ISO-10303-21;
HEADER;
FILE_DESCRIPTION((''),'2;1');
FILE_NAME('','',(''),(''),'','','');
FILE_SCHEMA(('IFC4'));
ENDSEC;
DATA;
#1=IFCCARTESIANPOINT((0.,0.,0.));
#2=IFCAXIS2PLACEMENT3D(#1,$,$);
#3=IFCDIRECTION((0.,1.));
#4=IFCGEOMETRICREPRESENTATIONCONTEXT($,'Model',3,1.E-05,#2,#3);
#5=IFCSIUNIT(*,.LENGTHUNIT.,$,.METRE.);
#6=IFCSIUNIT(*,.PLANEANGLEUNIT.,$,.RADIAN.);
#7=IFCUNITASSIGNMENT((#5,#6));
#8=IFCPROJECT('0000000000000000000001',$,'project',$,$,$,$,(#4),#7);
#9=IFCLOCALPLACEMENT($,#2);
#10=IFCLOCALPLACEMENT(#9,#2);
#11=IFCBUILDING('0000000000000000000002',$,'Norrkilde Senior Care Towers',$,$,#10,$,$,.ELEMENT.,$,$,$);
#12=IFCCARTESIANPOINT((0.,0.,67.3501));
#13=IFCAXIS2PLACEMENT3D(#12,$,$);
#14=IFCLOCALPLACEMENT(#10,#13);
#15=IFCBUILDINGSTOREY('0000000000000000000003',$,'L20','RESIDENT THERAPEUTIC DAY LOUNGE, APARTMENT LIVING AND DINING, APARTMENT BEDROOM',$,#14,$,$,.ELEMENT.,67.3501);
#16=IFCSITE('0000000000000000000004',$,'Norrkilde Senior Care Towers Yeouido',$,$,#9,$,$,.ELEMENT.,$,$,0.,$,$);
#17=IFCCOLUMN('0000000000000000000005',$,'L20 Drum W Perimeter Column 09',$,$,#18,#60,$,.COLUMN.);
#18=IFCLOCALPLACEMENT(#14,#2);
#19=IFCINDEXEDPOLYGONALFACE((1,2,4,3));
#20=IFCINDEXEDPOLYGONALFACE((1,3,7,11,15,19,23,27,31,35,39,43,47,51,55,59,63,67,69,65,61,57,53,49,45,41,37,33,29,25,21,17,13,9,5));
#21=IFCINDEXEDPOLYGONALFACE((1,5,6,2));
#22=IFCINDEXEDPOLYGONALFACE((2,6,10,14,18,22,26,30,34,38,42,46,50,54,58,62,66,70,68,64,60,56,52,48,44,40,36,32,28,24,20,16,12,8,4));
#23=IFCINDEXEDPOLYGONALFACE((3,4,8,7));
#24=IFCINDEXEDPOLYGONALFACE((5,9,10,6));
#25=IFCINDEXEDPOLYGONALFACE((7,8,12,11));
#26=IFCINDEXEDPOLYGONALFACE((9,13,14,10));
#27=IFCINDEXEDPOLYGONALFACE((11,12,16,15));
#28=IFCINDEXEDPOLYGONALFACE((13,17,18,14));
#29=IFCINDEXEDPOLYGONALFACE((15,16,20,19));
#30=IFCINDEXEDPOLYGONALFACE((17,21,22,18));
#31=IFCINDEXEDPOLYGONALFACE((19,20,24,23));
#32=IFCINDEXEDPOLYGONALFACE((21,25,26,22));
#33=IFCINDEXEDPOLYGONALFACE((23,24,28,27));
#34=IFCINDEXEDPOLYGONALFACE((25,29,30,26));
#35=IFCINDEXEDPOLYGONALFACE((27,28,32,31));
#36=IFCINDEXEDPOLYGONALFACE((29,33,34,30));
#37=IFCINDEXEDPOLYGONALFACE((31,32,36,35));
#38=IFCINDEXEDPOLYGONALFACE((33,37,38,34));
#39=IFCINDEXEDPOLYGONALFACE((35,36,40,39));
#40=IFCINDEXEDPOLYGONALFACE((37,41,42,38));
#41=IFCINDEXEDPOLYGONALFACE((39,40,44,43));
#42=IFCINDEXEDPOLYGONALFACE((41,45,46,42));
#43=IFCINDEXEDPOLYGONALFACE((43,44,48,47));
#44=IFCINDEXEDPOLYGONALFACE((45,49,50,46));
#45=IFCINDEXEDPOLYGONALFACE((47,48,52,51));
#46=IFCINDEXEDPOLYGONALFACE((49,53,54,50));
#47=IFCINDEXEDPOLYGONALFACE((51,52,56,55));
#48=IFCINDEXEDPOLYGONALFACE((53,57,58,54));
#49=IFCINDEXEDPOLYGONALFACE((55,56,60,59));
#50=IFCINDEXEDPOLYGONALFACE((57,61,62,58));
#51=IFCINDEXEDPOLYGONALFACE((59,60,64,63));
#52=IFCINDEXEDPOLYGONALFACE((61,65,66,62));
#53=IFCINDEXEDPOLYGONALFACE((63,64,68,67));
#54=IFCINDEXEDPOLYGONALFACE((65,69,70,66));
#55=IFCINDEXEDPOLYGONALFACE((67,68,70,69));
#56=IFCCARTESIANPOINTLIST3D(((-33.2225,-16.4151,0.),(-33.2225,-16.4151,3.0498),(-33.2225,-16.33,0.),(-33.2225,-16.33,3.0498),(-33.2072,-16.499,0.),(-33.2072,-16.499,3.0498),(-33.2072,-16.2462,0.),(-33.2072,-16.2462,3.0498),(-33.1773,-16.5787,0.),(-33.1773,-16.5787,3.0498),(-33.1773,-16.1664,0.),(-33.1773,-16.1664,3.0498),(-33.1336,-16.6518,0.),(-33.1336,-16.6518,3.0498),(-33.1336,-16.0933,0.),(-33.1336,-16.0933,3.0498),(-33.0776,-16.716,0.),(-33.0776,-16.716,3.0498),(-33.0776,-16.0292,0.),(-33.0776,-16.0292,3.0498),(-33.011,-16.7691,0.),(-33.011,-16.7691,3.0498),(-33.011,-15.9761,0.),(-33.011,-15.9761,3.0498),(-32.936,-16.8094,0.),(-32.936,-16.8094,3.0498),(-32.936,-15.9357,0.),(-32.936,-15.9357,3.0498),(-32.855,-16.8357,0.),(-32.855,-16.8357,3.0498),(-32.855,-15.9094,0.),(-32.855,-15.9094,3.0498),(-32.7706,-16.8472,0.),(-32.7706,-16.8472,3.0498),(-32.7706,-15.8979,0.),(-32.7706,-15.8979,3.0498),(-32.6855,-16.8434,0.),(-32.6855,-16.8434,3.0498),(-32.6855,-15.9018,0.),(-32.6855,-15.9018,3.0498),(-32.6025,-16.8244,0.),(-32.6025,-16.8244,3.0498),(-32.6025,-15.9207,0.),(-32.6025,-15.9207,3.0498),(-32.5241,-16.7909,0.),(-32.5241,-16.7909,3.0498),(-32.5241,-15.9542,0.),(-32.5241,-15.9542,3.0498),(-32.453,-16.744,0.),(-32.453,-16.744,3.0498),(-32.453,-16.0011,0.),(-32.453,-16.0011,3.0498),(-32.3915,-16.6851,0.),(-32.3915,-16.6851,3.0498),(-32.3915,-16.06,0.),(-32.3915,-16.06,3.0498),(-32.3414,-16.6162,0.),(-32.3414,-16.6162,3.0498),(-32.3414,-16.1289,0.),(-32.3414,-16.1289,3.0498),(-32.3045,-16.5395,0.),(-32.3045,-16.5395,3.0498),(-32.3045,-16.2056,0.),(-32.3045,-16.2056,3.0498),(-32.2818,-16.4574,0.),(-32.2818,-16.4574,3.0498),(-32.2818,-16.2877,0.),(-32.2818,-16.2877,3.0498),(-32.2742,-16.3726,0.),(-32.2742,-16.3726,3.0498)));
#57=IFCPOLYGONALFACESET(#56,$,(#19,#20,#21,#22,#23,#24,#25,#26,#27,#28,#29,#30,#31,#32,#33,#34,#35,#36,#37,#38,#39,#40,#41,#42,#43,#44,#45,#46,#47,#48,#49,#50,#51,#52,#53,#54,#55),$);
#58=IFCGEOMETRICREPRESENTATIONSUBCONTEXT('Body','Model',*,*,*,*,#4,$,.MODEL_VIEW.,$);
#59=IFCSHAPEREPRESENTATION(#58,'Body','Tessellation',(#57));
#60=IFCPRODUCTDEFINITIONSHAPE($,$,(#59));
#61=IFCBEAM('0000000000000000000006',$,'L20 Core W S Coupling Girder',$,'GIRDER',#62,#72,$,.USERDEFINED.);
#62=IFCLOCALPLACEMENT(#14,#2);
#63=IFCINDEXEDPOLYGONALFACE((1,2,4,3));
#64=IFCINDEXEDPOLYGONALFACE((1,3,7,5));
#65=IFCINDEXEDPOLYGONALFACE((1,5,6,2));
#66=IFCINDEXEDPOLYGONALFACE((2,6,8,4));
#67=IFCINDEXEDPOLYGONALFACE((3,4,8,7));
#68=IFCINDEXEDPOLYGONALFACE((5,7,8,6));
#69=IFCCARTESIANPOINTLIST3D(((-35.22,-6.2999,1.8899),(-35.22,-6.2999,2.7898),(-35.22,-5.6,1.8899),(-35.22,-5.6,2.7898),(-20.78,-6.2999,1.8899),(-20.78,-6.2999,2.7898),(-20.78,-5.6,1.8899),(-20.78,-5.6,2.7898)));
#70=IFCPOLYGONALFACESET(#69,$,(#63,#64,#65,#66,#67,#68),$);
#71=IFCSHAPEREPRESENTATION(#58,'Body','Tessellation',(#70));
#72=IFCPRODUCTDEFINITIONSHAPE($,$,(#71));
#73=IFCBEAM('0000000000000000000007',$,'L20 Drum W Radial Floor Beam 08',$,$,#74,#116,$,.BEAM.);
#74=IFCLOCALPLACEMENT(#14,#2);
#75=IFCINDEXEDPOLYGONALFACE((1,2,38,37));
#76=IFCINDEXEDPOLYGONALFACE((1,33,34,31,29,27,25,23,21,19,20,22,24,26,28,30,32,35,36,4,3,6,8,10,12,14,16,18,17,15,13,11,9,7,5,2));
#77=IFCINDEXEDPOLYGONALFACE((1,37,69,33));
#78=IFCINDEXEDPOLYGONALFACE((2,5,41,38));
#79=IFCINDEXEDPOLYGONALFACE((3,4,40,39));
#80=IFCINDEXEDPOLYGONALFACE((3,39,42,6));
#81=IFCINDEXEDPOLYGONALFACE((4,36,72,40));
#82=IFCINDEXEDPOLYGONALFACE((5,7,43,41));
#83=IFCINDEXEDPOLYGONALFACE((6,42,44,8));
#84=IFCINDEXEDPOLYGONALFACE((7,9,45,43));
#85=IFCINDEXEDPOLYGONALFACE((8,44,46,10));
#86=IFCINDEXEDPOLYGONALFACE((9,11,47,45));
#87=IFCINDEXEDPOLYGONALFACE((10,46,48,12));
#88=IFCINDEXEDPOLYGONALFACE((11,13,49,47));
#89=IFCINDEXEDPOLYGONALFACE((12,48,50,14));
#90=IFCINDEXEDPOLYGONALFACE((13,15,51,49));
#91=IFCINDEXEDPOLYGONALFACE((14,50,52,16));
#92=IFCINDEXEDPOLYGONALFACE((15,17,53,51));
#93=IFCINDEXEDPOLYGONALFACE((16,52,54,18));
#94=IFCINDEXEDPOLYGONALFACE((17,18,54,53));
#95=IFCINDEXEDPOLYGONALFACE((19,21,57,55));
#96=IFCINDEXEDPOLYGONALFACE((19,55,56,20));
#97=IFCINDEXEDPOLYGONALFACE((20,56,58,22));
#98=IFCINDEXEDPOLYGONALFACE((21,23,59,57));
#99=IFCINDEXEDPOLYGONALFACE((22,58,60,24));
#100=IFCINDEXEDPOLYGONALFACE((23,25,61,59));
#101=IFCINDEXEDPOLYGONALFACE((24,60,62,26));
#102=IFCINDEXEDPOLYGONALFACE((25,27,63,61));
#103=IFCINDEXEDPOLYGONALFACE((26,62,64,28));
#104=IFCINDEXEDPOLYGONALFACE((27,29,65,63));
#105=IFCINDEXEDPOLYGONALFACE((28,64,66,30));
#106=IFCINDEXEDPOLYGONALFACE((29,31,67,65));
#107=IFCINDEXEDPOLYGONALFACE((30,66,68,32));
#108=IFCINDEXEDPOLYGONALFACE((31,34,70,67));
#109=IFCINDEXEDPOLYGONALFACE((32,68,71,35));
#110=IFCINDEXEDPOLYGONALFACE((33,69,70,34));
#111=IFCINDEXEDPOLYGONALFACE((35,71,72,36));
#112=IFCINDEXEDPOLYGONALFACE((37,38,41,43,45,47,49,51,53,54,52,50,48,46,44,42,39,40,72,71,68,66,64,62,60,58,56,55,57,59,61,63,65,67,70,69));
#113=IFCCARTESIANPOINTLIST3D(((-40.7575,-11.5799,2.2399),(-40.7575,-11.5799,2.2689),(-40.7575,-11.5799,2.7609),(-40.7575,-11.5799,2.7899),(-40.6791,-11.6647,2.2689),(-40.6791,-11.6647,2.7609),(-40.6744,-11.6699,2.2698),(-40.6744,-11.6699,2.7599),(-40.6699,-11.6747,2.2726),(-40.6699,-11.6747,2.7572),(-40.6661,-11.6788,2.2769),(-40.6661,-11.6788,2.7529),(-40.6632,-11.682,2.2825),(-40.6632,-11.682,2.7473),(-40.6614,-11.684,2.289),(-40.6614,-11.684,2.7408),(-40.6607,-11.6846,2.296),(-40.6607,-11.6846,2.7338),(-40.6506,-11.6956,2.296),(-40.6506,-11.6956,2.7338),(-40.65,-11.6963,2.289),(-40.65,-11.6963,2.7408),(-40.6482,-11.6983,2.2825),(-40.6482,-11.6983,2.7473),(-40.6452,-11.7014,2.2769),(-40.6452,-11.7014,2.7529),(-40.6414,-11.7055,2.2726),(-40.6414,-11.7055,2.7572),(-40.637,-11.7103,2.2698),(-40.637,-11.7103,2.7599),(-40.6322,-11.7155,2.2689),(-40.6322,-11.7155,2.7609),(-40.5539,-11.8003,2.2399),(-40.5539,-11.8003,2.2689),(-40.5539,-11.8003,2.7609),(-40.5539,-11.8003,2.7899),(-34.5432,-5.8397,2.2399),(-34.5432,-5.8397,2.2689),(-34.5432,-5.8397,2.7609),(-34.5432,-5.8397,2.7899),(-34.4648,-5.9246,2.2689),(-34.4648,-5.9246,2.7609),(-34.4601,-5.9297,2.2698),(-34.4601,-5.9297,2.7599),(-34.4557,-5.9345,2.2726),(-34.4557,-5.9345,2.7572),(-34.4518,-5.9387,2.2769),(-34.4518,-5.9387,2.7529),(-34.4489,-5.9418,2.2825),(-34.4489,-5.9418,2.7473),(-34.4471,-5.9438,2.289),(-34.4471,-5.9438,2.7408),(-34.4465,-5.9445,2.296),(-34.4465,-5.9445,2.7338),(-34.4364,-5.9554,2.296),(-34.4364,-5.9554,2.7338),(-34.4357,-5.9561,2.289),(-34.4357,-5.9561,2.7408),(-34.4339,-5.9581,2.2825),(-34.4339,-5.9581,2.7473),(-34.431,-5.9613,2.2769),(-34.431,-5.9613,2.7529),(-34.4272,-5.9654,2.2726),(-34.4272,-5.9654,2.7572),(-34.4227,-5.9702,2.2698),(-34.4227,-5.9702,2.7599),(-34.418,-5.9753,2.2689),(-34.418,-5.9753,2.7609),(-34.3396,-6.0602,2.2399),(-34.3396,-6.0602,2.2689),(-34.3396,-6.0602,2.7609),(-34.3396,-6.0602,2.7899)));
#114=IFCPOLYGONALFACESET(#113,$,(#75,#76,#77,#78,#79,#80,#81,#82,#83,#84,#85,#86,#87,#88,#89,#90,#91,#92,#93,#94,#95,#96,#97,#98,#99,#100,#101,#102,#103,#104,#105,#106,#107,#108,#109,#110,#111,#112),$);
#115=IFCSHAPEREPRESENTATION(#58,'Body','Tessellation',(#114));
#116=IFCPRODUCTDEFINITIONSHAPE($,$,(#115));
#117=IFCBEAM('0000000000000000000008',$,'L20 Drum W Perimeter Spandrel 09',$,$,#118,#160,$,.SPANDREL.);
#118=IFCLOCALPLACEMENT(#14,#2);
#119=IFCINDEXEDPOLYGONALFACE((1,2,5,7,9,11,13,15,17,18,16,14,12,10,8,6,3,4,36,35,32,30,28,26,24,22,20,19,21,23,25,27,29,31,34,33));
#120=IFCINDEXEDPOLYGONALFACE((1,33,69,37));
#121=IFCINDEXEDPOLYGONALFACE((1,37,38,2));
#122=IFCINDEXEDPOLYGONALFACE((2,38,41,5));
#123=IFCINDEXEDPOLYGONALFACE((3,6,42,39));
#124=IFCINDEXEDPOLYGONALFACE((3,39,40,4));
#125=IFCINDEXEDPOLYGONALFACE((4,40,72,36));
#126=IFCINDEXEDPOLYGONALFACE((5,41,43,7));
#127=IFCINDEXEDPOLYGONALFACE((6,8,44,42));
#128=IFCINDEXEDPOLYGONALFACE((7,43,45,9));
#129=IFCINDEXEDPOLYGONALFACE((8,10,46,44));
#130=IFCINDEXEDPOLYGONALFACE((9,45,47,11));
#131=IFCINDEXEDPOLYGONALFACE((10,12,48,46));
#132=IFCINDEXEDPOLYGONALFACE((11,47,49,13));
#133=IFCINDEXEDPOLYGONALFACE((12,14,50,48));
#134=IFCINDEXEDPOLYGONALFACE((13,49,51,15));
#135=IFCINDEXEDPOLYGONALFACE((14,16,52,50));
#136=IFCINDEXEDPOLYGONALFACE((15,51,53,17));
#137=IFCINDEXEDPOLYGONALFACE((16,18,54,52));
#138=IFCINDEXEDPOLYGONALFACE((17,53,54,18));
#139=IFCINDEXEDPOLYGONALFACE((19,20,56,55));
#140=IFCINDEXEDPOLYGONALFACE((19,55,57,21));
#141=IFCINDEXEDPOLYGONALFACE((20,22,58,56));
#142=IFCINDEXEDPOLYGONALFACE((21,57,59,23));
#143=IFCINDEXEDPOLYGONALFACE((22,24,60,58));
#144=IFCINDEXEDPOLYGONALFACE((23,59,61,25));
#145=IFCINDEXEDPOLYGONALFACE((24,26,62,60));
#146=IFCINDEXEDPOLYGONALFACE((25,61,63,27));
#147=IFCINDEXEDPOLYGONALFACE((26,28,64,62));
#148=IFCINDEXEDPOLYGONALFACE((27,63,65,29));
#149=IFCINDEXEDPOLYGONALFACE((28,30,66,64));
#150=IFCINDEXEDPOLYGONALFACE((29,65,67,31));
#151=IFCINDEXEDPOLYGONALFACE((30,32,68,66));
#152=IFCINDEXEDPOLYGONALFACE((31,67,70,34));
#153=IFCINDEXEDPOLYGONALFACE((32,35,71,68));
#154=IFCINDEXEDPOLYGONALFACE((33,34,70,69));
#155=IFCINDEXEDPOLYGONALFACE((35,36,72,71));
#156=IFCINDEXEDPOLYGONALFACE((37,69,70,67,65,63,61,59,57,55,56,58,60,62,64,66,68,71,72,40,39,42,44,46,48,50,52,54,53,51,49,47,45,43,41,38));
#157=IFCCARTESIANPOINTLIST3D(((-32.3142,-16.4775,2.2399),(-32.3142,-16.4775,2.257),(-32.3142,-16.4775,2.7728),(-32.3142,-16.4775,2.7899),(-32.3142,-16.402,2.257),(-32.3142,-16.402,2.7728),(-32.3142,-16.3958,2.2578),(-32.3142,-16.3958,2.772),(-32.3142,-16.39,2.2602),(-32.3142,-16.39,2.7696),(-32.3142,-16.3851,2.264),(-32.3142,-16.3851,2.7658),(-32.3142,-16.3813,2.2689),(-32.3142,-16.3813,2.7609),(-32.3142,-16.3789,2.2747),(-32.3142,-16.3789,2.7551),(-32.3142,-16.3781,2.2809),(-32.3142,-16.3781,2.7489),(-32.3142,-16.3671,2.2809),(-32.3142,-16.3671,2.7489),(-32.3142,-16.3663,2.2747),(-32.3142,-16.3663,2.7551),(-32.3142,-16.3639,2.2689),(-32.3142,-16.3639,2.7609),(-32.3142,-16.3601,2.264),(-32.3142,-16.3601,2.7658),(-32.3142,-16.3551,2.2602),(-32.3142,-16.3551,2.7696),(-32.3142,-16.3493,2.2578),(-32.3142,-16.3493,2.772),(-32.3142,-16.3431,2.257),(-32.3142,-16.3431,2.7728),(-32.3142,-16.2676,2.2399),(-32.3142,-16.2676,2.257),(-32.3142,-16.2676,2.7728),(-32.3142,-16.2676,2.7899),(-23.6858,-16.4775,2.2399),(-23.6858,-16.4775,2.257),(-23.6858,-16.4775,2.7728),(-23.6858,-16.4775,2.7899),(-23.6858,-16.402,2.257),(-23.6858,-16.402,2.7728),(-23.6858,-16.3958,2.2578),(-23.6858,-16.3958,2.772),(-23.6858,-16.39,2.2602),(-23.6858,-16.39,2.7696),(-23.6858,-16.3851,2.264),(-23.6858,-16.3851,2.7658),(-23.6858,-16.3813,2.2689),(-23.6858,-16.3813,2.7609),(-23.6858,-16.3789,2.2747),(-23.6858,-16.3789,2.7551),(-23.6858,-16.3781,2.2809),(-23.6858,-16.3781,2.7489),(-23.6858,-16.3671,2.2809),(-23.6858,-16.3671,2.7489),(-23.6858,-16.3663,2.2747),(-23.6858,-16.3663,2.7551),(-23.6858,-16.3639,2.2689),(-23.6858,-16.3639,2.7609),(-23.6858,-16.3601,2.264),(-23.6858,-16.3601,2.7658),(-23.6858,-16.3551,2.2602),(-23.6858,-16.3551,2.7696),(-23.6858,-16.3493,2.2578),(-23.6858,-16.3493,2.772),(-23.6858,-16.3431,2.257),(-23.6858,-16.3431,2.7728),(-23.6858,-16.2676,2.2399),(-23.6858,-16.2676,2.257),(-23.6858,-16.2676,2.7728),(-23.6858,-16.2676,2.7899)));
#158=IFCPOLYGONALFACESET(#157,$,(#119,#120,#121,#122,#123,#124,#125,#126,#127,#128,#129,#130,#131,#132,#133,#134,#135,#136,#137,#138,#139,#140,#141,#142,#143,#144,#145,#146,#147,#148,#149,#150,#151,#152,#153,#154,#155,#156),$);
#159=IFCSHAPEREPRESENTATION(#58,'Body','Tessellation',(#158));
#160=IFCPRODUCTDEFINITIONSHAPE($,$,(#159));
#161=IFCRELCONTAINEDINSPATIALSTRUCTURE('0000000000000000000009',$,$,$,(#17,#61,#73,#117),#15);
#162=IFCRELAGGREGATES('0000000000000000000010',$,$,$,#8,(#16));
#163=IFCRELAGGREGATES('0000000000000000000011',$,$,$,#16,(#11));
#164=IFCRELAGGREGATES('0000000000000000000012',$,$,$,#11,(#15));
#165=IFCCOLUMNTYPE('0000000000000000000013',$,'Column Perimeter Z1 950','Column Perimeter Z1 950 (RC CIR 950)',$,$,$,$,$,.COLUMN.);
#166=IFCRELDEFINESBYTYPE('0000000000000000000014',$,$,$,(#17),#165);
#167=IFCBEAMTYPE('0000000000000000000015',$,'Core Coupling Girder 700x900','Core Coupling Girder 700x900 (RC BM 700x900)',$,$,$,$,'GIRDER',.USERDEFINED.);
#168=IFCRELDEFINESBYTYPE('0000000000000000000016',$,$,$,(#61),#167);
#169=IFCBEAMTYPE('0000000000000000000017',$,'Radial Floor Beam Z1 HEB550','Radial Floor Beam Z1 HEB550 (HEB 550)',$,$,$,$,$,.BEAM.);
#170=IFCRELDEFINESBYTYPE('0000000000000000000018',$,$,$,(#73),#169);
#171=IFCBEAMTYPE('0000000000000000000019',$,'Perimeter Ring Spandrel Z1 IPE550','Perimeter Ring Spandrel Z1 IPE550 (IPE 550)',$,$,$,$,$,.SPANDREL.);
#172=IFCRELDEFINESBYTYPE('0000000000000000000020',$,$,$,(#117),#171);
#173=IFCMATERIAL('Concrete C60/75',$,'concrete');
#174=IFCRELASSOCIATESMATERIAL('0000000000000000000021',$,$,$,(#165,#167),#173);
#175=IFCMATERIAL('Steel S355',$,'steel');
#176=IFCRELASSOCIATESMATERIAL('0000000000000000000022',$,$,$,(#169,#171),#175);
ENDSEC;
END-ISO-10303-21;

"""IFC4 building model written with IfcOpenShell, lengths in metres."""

from ifc_helpers import new_model, si_unit, direction, frame, origin, origin_2d, place, context, subcontext, project, spatial, rectangle, circle, i_section, extrude, source, transform, mapped, material, material_profile, profile_set, type_object, type_shapes, element, save


model = new_model("IFC4")

# Units and contexts
model_context = context("Model", 3, precision=1e-05, world=origin(), true_north=direction((0.0, 1.0)))
body_context = subcontext(model_context, "Body", "Model", "MODEL_VIEW")
ifc_project = project(units=[si_unit("LENGTHUNIT", "METRE"), si_unit("PLANEANGLEUNIT", "RADIAN")], contexts=[model_context])

# Site, building, storey
site_placement = place(None, origin())
site = spatial("IfcSite", under=ifc_project, at=site_placement, Name="Norrkilde Senior Care Towers Yeouido", CompositionType="ELEMENT", RefElevation=0.0)
building_placement = place(site_placement, origin())
building = spatial("IfcBuilding", under=site, at=building_placement, Name="Norrkilde Senior Care Towers", CompositionType="ELEMENT")
storey_placement = place(building_placement, frame((0.0, 0.0, 67.3501)))
storey = spatial("IfcBuildingStorey", under=building, at=storey_placement, Name="L20", Description="RESIDENT THERAPEUTIC DAY LOUNGE, APARTMENT LIVING AND DINING, APARTMENT BEDROOM", CompositionType="ELEMENT", Elevation=67.3501)

# Column
ifc_material_1 = material(Name="Concrete C60/75", Category="concrete")
ifc_material_profile_1 = material_profile(ifc_material_1, circle(Radius=0.4751, at=origin_2d()), Name="RC CIR 950")
ifc_profile_set_1 = profile_set([ifc_material_profile_1], Name="Concrete C60/75")
column_type = type_object("IfcColumnType", Name="Column Perimeter Z1 950", Description="Column Perimeter Z1 950 (RC CIR 950)", PredefinedType="COLUMN", material=ifc_profile_set_1)
shared_shape_1 = source(origin(), body_context, "Body", "SweptSolid", [
    extrude(circle(Radius=0.4751, at=origin_2d()), origin(), (0.0, 0.0, 1.0), 3.0498),
])
type_shapes(column_type, [shared_shape_1])
column_placement = place(storey_placement, frame((-32.7493, -16.3726, 0.0), z_axis=(0.0, 0.0, 1.0), x_axis=(1.0, 0.0, 0.0)))
element("IfcColumn", 1, at=column_placement, inside=storey, type_object=column_type, Name="L20 Drum W Perimeter Column 09", PredefinedType="COLUMN", context=body_context, shape_type="MappedRepresentation", body=[
    mapped(shared_shape_1, transform((0.0, 0.0, 0.0), x_axis=(1.0, 0.0, 0.0), y_axis=(0.0, 1.0, 0.0), z_axis=(0.0, 0.0, 1.0), scale=1.0)),
])

# Beams
ifc_material_profile_2 = material_profile(ifc_material_1, rectangle(XDim=0.7, YDim=0.8999, at=origin_2d()), Name="RC BM 700x900")
ifc_profile_set_2 = profile_set([ifc_material_profile_2], Name="Concrete C60/75")
beam_type_1 = type_object("IfcBeamType", Name="Core Coupling Girder 700x900", Description="Core Coupling Girder 700x900 (RC BM 700x900)", ElementType="GIRDER", PredefinedType="USERDEFINED", material=ifc_profile_set_2)
shared_shape_2 = source(origin(), body_context, "Body", "SweptSolid", [
    extrude(rectangle(XDim=0.7, YDim=0.8999, at=origin_2d()), origin(), (0.0, 0.0, 1.0), 14.4399),
])
type_shapes(beam_type_1, [shared_shape_2])
beam_1_placement = place(storey_placement, frame((-35.22, -5.95, 2.3398), z_axis=(1.0, 0.0, 0.0), x_axis=(0.0, 1.0, 0.0)))
element("IfcBeam", 2, at=beam_1_placement, inside=storey, type_object=beam_type_1, Name="L20 Core W S Coupling Girder", ObjectType="GIRDER", PredefinedType="USERDEFINED", context=body_context, shape_type="MappedRepresentation", body=[
    mapped(shared_shape_2, transform((0.0, 0.0, 0.0), x_axis=(1.0, 0.0, 0.0), y_axis=(0.0, 1.0, 0.0), z_axis=(0.0, 0.0, 1.0), scale=1.0)),
])
ifc_material_2 = material(Name="Steel S355", Category="steel")
ifc_material_profile_3 = material_profile(ifc_material_2, i_section(OverallWidth=0.3, OverallDepth=0.55, WebThickness=0.0149, FlangeThickness=0.0291, FilletRadius=0.0271, at=origin_2d()), Name="HEB 550")
ifc_profile_set_3 = profile_set([ifc_material_profile_3], Name="Steel S355")
beam_type_2 = type_object("IfcBeamType", Name="Radial Floor Beam Z1 HEB550", Description="Radial Floor Beam Z1 HEB550 (HEB 550)", PredefinedType="BEAM", material=ifc_profile_set_3)
shared_shape_3 = source(origin(), body_context, "Body", "SweptSolid", [
    extrude(i_section(OverallWidth=0.3, OverallDepth=0.55, WebThickness=0.0149, FlangeThickness=0.0291, FilletRadius=0.0271, at=origin_2d()), origin(), (0.0, 0.0, 1.0), 8.4597),
])
beam_2_placement = place(storey_placement, frame((-34.4414, -5.95, 2.5149), z_axis=(-0.734573, -0.678529, 0.0), x_axis=(0.678529, -0.734573, 0.0)))
element("IfcBeam", 3, at=beam_2_placement, inside=storey, type_object=beam_type_2, Name="L20 Drum W Radial Floor Beam 08", PredefinedType="BEAM", context=body_context, shape_type="MappedRepresentation", body=[
    mapped(shared_shape_3, transform((0.0, 0.0, 0.0), x_axis=(1.0, 0.0, 0.0), y_axis=(0.0, 1.0, 0.0), z_axis=(0.0, 0.0, 1.0), scale=1.0)),
])
ifc_material_profile_4 = material_profile(ifc_material_2, i_section(OverallWidth=0.21, OverallDepth=0.55, WebThickness=0.011, FlangeThickness=0.0171, FilletRadius=0.0239, at=origin_2d()), Name="IPE 550")
ifc_profile_set_4 = profile_set([ifc_material_profile_4], Name="Steel S355")
beam_type_3 = type_object("IfcBeamType", Name="Perimeter Ring Spandrel Z1 IPE550", Description="Perimeter Ring Spandrel Z1 IPE550 (IPE 550)", PredefinedType="SPANDREL", material=ifc_profile_set_4)
shared_shape_4 = source(origin(), body_context, "Body", "SweptSolid", [
    extrude(i_section(OverallWidth=0.21, OverallDepth=0.55, WebThickness=0.011, FlangeThickness=0.0171, FilletRadius=0.0239, at=origin_2d()), origin(), (0.0, 0.0, 1.0), 8.6284),
])
type_shapes(beam_type_3, [shared_shape_4])
beam_3_placement = place(storey_placement, frame((-32.3142, -16.3726, 2.5149), z_axis=(1.0, 0.0, 0.0), x_axis=(0.0, 1.0, 0.0)))
element("IfcBeam", 4, at=beam_3_placement, inside=storey, type_object=beam_type_3, Name="L20 Drum W Perimeter Spandrel 09", PredefinedType="SPANDREL", context=body_context, shape_type="MappedRepresentation", body=[
    mapped(shared_shape_4, transform((0.0, 0.0, 0.0), x_axis=(1.0, 0.0, 0.0), y_axis=(0.0, 1.0, 0.0), z_axis=(0.0, 0.0, 1.0), scale=1.0)),
])

save(model, "model.ifc")
